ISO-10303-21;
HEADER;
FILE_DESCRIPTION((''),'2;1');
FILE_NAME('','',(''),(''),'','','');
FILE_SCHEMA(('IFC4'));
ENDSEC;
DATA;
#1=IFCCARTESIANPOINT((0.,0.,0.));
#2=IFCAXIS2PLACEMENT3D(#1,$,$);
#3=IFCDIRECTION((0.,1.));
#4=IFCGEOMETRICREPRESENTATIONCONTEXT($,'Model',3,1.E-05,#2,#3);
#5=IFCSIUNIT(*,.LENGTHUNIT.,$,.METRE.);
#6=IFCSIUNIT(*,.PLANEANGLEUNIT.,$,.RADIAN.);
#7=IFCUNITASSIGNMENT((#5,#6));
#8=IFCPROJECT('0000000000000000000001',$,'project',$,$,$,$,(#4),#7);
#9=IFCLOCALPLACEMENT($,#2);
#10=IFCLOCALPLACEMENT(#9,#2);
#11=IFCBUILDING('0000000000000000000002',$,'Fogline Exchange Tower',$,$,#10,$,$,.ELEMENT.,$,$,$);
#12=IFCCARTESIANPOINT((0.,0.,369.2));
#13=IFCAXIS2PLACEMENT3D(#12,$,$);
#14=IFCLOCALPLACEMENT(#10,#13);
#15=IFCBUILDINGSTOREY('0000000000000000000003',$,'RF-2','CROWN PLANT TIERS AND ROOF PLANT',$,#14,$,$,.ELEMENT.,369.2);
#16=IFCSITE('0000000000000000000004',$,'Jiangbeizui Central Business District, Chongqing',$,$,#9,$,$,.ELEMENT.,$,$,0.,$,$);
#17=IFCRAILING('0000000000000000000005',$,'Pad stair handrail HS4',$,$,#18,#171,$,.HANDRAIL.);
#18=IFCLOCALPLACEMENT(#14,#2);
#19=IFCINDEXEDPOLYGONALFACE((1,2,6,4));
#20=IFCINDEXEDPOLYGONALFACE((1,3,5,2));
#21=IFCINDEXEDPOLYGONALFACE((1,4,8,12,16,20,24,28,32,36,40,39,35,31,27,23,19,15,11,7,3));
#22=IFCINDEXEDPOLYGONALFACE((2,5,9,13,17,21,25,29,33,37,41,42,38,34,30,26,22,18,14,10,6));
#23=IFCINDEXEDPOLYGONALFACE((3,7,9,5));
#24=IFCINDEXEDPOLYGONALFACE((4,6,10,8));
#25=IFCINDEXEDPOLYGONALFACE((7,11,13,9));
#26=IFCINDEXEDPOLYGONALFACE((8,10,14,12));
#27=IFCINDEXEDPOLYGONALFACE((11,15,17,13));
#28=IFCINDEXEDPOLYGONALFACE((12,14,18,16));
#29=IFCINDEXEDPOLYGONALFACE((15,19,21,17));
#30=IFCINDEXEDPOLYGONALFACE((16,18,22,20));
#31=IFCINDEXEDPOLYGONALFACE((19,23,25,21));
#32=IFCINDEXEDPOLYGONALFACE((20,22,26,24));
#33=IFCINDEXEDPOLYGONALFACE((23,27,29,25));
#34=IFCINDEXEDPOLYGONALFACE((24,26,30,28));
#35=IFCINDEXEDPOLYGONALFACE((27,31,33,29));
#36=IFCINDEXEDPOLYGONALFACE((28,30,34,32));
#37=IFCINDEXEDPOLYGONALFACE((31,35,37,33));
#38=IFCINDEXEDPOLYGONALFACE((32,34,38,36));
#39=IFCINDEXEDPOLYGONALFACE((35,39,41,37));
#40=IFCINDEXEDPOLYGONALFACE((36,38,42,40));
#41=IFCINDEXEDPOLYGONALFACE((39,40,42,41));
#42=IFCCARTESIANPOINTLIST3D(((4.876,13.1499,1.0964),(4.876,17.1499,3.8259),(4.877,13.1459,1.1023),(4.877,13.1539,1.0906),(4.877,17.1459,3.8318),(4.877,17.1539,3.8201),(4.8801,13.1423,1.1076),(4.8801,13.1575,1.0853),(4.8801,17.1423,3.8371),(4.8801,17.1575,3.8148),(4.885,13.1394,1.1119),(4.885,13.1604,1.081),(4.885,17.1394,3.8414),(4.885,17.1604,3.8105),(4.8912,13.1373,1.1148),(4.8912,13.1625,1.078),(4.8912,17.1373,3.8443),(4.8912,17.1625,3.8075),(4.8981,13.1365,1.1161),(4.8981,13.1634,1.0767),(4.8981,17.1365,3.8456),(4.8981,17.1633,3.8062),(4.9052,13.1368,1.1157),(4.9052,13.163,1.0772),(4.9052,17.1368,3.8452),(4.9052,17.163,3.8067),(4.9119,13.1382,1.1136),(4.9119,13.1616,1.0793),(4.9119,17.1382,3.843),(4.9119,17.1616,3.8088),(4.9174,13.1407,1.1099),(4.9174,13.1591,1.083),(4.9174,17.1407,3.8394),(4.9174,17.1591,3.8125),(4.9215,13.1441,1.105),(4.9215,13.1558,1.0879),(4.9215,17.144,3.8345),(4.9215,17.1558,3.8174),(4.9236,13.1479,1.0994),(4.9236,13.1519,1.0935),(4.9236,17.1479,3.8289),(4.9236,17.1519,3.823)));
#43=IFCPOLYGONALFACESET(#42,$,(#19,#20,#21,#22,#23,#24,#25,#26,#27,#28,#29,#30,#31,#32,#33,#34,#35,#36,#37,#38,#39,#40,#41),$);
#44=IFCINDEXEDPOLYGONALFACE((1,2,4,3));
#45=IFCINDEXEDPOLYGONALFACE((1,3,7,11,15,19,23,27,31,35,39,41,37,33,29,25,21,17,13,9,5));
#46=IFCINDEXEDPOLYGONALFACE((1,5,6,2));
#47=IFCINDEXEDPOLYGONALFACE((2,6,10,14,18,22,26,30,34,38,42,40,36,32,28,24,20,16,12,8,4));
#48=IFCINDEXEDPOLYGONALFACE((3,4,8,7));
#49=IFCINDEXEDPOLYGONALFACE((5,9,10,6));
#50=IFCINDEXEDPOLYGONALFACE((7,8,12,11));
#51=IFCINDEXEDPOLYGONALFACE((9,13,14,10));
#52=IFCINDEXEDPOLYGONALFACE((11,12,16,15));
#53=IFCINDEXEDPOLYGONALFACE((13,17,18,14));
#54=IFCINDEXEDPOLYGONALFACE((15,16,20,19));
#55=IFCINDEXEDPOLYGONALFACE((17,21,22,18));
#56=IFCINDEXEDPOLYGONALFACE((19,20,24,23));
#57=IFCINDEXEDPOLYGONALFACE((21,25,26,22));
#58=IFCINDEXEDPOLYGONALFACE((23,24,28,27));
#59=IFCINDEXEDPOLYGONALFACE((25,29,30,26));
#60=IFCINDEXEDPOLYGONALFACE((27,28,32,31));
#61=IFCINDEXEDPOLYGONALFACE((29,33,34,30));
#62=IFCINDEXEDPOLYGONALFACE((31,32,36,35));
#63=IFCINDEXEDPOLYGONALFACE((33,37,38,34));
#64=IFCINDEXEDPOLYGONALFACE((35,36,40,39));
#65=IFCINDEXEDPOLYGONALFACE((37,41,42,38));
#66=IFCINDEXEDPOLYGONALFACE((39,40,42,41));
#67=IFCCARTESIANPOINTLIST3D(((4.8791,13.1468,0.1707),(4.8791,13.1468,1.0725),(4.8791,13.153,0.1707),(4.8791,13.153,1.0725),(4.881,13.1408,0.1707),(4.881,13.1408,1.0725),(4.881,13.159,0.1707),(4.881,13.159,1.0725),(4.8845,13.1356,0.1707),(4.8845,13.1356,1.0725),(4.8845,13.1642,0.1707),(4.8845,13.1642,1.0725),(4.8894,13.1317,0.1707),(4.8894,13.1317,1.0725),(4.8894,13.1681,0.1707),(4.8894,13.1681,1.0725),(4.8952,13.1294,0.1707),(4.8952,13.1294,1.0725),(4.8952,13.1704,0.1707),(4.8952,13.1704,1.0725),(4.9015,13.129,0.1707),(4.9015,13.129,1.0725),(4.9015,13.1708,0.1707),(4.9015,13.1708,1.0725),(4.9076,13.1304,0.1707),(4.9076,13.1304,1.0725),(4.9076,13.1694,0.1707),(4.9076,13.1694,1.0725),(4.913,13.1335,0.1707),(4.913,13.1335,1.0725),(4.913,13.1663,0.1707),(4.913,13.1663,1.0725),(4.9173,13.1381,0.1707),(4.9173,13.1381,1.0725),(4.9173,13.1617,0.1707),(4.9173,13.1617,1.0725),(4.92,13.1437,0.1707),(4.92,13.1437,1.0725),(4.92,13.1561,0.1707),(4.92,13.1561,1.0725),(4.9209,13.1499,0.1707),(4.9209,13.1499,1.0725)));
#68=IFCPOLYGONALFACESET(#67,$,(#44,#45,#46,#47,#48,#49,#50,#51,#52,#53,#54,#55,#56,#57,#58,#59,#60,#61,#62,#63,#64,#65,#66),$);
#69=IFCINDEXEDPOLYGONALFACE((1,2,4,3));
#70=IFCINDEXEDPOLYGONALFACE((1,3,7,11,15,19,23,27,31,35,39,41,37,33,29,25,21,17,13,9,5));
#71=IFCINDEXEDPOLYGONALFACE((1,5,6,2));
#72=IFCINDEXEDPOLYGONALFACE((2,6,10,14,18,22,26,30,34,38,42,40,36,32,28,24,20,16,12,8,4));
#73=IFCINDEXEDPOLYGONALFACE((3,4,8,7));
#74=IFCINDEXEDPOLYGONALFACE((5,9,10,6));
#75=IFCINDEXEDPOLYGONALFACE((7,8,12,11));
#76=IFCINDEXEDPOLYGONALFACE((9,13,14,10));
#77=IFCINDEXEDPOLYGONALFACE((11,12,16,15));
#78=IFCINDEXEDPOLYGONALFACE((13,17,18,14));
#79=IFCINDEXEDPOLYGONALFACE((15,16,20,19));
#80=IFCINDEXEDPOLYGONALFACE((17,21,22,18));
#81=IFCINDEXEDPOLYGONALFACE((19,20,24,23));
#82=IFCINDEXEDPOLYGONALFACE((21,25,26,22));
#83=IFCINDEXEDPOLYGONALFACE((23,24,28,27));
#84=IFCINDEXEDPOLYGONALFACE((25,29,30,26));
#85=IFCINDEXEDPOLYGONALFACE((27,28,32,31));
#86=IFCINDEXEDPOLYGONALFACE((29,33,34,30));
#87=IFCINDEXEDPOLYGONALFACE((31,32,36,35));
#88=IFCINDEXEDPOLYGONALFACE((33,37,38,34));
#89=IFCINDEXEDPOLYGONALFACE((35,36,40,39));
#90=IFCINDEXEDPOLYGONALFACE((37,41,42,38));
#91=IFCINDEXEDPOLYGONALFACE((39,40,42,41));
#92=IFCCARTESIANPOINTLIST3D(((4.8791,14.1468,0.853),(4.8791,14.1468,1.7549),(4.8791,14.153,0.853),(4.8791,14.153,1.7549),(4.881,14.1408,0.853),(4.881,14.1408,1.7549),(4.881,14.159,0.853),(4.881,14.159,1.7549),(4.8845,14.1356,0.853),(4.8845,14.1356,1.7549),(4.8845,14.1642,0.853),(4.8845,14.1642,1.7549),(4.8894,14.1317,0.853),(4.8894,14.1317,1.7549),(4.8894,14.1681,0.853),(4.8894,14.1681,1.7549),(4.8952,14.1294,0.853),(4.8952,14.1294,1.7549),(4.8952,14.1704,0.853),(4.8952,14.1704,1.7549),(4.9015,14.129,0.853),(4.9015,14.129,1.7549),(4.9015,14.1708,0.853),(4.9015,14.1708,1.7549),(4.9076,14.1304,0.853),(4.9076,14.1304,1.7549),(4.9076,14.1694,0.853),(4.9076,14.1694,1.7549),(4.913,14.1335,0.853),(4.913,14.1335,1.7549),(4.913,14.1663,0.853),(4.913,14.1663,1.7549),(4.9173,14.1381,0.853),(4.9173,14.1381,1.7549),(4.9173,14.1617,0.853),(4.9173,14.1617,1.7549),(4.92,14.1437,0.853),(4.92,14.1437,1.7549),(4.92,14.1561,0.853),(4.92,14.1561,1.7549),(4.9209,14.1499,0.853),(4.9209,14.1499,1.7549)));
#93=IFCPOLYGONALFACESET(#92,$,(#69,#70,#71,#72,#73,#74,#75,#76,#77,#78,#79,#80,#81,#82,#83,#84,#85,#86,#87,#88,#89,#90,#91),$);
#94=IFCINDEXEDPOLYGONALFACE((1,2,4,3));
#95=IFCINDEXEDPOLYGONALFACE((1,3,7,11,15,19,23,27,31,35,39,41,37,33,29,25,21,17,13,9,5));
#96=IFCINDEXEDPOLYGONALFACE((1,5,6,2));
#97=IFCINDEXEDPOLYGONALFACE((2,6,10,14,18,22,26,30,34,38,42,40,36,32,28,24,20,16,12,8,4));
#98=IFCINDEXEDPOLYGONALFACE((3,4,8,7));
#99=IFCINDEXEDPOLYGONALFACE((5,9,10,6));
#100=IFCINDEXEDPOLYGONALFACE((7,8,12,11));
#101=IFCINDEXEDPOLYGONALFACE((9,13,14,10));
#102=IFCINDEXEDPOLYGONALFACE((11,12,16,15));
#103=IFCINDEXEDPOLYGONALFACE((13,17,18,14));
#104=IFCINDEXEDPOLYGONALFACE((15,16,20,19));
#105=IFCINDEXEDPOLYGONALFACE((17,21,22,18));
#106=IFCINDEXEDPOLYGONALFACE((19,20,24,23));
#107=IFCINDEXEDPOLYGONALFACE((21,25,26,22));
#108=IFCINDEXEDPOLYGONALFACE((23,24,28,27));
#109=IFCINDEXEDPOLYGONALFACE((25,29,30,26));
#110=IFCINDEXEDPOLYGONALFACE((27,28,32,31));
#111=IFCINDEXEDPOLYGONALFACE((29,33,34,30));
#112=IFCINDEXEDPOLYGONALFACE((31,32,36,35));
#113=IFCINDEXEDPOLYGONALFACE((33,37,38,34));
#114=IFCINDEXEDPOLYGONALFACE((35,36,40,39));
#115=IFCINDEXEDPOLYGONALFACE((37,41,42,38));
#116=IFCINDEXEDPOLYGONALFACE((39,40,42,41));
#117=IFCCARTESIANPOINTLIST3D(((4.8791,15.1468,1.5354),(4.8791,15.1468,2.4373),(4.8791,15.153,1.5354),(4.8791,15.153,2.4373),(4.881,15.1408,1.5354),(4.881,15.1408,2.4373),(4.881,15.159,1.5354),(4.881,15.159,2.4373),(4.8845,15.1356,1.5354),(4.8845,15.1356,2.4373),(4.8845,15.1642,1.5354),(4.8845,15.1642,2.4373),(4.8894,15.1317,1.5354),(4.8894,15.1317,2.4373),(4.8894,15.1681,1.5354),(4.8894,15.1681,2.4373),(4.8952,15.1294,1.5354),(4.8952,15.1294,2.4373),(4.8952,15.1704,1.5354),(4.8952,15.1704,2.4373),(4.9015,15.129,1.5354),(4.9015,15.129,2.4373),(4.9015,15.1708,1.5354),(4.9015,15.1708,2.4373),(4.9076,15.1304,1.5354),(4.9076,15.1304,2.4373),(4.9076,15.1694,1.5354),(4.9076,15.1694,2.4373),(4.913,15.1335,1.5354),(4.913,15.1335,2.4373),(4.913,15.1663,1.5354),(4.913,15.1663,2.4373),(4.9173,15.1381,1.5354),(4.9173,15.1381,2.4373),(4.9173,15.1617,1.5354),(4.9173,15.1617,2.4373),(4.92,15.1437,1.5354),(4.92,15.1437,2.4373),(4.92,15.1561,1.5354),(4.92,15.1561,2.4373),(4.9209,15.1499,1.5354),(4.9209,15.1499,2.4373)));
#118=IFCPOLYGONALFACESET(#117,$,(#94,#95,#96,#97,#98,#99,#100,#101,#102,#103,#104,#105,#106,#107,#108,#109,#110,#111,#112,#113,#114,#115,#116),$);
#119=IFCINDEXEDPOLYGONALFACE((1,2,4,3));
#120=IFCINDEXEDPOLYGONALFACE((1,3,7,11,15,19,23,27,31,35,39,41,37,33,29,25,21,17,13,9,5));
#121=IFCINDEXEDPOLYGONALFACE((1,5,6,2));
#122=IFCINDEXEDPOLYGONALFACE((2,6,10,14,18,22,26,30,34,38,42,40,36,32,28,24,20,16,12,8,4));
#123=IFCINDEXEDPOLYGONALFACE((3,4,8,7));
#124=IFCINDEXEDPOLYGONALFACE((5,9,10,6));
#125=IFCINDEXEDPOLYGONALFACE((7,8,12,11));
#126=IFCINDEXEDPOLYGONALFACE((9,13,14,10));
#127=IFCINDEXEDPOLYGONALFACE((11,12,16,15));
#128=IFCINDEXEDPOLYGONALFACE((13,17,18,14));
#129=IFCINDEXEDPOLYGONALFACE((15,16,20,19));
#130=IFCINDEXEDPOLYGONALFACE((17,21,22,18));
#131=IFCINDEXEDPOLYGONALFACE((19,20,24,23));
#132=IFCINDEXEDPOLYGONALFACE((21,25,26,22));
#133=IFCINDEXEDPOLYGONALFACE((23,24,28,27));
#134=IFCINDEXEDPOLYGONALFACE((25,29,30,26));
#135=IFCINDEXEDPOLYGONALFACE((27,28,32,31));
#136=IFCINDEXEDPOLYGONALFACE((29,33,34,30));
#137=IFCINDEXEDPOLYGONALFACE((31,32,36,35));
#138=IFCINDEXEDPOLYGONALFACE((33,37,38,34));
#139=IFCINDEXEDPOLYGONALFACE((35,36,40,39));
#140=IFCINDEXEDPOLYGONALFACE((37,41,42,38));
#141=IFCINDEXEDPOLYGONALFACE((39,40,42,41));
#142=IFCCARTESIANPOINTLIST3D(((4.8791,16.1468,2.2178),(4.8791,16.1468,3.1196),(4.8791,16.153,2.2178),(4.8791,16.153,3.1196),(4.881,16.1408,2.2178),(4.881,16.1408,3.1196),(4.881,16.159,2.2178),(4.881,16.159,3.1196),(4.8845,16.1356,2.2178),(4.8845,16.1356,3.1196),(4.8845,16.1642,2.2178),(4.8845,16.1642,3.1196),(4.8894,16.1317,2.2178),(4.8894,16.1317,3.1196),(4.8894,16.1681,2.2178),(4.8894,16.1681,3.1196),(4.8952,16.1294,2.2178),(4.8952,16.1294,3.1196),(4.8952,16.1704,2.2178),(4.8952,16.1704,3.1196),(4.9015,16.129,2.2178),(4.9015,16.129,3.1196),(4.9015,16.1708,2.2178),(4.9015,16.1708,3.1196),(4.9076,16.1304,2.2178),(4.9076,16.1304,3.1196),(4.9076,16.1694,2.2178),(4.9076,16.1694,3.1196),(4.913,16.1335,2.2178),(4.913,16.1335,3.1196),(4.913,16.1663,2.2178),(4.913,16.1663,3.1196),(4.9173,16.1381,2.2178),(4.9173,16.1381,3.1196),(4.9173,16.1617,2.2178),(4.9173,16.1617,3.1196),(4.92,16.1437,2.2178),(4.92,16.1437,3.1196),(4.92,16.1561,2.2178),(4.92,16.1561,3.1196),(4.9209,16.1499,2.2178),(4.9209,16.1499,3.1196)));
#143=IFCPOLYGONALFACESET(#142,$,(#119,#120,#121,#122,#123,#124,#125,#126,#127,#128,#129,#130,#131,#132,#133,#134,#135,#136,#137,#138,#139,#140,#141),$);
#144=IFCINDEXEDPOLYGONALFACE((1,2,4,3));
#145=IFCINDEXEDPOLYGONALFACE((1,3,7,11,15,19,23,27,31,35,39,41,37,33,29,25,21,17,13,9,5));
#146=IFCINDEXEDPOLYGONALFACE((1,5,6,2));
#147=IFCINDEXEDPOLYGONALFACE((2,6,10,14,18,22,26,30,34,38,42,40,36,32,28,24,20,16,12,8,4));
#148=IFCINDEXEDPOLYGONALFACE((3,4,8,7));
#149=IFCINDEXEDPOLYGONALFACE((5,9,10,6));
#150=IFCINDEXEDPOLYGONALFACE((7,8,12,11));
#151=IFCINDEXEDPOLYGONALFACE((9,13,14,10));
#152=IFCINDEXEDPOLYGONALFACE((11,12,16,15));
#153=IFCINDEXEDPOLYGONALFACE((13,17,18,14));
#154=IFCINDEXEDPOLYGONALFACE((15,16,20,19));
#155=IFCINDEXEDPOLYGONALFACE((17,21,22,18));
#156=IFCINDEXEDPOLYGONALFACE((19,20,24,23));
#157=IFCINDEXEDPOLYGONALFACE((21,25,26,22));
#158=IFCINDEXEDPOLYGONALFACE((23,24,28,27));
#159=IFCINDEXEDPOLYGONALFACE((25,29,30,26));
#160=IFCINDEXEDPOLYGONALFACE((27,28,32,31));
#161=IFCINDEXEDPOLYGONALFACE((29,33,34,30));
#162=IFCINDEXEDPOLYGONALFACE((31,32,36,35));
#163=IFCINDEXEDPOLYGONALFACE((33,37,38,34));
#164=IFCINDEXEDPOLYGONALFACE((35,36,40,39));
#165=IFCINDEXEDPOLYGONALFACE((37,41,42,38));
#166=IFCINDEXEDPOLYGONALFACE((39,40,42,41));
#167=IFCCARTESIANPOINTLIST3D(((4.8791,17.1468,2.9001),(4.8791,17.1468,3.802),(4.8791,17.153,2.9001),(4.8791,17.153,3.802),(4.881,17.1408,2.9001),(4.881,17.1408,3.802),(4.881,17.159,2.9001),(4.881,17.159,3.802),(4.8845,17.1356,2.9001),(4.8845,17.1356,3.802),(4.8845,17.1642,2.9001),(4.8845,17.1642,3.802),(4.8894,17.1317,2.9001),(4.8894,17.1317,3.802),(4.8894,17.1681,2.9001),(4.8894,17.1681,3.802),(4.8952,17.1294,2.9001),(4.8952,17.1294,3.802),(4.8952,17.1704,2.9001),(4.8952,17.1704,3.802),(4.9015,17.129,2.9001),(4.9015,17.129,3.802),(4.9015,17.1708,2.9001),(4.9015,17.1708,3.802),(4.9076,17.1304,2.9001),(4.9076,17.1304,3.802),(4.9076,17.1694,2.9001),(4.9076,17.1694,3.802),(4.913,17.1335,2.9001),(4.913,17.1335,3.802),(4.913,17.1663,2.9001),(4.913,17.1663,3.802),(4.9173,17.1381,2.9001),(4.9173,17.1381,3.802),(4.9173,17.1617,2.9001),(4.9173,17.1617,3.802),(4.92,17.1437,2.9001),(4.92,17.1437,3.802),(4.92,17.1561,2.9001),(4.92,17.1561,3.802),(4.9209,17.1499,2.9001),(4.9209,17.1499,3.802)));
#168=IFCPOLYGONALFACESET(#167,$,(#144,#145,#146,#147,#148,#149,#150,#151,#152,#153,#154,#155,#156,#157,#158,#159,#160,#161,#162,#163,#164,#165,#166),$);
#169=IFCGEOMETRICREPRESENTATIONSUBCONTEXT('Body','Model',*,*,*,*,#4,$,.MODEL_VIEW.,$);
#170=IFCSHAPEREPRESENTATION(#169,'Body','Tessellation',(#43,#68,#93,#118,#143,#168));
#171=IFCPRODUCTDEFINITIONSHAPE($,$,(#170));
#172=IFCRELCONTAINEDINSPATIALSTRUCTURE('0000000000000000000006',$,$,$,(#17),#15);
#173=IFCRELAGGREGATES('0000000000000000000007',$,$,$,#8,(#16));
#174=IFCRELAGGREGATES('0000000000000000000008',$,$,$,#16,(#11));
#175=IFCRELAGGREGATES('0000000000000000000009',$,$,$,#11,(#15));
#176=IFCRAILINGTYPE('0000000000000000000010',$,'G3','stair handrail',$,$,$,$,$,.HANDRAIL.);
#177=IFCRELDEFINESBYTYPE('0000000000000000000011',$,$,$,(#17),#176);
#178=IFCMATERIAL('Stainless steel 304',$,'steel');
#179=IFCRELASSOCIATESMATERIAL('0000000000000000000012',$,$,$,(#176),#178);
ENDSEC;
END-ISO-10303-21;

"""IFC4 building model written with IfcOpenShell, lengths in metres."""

from ifc_helpers import new_model, si_unit, direction, frame, origin, origin_2d, place, context, subcontext, project, spatial, circle, extrude, material, type_object, element, save


model = new_model("IFC4")

# Units and contexts
model_context = context("Model", 3, precision=1e-05, world=origin(), true_north=direction((0.0, 1.0)))
body_context = subcontext(model_context, "Body", "Model", "MODEL_VIEW")
ifc_project = project(units=[si_unit("LENGTHUNIT", "METRE"), si_unit("PLANEANGLEUNIT", "RADIAN")], contexts=[model_context])

# Site, building, storey
site_placement = place(None, origin())
site = spatial("IfcSite", under=ifc_project, at=site_placement, Name="Jiangbeizui Central Business District, Chongqing", CompositionType="ELEMENT", RefElevation=0.0)
building_placement = place(site_placement, origin())
building = spatial("IfcBuilding", under=site, at=building_placement, Name="Fogline Exchange Tower", CompositionType="ELEMENT")
storey_placement = place(building_placement, frame((0.0, 0.0, 369.2)))
storey = spatial("IfcBuildingStorey", under=building, at=storey_placement, Name="RF-2", Description="CROWN PLANT TIERS AND ROOF PLANT", CompositionType="ELEMENT", Elevation=369.2)

# Railing
ifc_material_1 = material(Name="Stainless steel 304", Category="steel")
railing_type_1 = type_object("IfcRailingType", Name="G3", Description="stair handrail", PredefinedType="HANDRAIL", material=ifc_material_1)
for number, where, name in (
    (1, (4.8999, 13.1499, 0.1707), "Pad stair handrail HS4"),
):
    element("IfcRailing", number, at=place(storey_placement, frame(where)), inside=storey, type_object=railing_type_1, Name=name, PredefinedType="HANDRAIL", context=body_context, shape_type="SweptSolid", body=[
        extrude(circle(Radius=0.0239, at=origin_2d()), frame((0.0, 0.0, 0.9258), z_axis=(0.0, 0.826014, 0.56365), x_axis=(-1.0, 0.0, 0.0)), (0.0, 0.0, 1.0), 4.8425),
        extrude(circle(Radius=0.021, at=origin_2d()), origin(), (0.0, 0.0, 1.0), 0.9019),
        extrude(circle(Radius=0.021, at=origin_2d()), frame((0.0, 1.0, 0.6824)), (0.0, 0.0, 1.0), 0.9019),
        extrude(circle(Radius=0.021, at=origin_2d()), frame((0.0, 2.0, 1.3647)), (0.0, 0.0, 1.0), 0.9019),
        extrude(circle(Radius=0.021, at=origin_2d()), frame((0.0, 3.0, 2.0471)), (0.0, 0.0, 1.0), 0.9019),
        extrude(circle(Radius=0.021, at=origin_2d()), frame((0.0, 4.0, 2.7295)), (0.0, 0.0, 1.0), 0.9019),
    ])

save(model, "model.ifc")
